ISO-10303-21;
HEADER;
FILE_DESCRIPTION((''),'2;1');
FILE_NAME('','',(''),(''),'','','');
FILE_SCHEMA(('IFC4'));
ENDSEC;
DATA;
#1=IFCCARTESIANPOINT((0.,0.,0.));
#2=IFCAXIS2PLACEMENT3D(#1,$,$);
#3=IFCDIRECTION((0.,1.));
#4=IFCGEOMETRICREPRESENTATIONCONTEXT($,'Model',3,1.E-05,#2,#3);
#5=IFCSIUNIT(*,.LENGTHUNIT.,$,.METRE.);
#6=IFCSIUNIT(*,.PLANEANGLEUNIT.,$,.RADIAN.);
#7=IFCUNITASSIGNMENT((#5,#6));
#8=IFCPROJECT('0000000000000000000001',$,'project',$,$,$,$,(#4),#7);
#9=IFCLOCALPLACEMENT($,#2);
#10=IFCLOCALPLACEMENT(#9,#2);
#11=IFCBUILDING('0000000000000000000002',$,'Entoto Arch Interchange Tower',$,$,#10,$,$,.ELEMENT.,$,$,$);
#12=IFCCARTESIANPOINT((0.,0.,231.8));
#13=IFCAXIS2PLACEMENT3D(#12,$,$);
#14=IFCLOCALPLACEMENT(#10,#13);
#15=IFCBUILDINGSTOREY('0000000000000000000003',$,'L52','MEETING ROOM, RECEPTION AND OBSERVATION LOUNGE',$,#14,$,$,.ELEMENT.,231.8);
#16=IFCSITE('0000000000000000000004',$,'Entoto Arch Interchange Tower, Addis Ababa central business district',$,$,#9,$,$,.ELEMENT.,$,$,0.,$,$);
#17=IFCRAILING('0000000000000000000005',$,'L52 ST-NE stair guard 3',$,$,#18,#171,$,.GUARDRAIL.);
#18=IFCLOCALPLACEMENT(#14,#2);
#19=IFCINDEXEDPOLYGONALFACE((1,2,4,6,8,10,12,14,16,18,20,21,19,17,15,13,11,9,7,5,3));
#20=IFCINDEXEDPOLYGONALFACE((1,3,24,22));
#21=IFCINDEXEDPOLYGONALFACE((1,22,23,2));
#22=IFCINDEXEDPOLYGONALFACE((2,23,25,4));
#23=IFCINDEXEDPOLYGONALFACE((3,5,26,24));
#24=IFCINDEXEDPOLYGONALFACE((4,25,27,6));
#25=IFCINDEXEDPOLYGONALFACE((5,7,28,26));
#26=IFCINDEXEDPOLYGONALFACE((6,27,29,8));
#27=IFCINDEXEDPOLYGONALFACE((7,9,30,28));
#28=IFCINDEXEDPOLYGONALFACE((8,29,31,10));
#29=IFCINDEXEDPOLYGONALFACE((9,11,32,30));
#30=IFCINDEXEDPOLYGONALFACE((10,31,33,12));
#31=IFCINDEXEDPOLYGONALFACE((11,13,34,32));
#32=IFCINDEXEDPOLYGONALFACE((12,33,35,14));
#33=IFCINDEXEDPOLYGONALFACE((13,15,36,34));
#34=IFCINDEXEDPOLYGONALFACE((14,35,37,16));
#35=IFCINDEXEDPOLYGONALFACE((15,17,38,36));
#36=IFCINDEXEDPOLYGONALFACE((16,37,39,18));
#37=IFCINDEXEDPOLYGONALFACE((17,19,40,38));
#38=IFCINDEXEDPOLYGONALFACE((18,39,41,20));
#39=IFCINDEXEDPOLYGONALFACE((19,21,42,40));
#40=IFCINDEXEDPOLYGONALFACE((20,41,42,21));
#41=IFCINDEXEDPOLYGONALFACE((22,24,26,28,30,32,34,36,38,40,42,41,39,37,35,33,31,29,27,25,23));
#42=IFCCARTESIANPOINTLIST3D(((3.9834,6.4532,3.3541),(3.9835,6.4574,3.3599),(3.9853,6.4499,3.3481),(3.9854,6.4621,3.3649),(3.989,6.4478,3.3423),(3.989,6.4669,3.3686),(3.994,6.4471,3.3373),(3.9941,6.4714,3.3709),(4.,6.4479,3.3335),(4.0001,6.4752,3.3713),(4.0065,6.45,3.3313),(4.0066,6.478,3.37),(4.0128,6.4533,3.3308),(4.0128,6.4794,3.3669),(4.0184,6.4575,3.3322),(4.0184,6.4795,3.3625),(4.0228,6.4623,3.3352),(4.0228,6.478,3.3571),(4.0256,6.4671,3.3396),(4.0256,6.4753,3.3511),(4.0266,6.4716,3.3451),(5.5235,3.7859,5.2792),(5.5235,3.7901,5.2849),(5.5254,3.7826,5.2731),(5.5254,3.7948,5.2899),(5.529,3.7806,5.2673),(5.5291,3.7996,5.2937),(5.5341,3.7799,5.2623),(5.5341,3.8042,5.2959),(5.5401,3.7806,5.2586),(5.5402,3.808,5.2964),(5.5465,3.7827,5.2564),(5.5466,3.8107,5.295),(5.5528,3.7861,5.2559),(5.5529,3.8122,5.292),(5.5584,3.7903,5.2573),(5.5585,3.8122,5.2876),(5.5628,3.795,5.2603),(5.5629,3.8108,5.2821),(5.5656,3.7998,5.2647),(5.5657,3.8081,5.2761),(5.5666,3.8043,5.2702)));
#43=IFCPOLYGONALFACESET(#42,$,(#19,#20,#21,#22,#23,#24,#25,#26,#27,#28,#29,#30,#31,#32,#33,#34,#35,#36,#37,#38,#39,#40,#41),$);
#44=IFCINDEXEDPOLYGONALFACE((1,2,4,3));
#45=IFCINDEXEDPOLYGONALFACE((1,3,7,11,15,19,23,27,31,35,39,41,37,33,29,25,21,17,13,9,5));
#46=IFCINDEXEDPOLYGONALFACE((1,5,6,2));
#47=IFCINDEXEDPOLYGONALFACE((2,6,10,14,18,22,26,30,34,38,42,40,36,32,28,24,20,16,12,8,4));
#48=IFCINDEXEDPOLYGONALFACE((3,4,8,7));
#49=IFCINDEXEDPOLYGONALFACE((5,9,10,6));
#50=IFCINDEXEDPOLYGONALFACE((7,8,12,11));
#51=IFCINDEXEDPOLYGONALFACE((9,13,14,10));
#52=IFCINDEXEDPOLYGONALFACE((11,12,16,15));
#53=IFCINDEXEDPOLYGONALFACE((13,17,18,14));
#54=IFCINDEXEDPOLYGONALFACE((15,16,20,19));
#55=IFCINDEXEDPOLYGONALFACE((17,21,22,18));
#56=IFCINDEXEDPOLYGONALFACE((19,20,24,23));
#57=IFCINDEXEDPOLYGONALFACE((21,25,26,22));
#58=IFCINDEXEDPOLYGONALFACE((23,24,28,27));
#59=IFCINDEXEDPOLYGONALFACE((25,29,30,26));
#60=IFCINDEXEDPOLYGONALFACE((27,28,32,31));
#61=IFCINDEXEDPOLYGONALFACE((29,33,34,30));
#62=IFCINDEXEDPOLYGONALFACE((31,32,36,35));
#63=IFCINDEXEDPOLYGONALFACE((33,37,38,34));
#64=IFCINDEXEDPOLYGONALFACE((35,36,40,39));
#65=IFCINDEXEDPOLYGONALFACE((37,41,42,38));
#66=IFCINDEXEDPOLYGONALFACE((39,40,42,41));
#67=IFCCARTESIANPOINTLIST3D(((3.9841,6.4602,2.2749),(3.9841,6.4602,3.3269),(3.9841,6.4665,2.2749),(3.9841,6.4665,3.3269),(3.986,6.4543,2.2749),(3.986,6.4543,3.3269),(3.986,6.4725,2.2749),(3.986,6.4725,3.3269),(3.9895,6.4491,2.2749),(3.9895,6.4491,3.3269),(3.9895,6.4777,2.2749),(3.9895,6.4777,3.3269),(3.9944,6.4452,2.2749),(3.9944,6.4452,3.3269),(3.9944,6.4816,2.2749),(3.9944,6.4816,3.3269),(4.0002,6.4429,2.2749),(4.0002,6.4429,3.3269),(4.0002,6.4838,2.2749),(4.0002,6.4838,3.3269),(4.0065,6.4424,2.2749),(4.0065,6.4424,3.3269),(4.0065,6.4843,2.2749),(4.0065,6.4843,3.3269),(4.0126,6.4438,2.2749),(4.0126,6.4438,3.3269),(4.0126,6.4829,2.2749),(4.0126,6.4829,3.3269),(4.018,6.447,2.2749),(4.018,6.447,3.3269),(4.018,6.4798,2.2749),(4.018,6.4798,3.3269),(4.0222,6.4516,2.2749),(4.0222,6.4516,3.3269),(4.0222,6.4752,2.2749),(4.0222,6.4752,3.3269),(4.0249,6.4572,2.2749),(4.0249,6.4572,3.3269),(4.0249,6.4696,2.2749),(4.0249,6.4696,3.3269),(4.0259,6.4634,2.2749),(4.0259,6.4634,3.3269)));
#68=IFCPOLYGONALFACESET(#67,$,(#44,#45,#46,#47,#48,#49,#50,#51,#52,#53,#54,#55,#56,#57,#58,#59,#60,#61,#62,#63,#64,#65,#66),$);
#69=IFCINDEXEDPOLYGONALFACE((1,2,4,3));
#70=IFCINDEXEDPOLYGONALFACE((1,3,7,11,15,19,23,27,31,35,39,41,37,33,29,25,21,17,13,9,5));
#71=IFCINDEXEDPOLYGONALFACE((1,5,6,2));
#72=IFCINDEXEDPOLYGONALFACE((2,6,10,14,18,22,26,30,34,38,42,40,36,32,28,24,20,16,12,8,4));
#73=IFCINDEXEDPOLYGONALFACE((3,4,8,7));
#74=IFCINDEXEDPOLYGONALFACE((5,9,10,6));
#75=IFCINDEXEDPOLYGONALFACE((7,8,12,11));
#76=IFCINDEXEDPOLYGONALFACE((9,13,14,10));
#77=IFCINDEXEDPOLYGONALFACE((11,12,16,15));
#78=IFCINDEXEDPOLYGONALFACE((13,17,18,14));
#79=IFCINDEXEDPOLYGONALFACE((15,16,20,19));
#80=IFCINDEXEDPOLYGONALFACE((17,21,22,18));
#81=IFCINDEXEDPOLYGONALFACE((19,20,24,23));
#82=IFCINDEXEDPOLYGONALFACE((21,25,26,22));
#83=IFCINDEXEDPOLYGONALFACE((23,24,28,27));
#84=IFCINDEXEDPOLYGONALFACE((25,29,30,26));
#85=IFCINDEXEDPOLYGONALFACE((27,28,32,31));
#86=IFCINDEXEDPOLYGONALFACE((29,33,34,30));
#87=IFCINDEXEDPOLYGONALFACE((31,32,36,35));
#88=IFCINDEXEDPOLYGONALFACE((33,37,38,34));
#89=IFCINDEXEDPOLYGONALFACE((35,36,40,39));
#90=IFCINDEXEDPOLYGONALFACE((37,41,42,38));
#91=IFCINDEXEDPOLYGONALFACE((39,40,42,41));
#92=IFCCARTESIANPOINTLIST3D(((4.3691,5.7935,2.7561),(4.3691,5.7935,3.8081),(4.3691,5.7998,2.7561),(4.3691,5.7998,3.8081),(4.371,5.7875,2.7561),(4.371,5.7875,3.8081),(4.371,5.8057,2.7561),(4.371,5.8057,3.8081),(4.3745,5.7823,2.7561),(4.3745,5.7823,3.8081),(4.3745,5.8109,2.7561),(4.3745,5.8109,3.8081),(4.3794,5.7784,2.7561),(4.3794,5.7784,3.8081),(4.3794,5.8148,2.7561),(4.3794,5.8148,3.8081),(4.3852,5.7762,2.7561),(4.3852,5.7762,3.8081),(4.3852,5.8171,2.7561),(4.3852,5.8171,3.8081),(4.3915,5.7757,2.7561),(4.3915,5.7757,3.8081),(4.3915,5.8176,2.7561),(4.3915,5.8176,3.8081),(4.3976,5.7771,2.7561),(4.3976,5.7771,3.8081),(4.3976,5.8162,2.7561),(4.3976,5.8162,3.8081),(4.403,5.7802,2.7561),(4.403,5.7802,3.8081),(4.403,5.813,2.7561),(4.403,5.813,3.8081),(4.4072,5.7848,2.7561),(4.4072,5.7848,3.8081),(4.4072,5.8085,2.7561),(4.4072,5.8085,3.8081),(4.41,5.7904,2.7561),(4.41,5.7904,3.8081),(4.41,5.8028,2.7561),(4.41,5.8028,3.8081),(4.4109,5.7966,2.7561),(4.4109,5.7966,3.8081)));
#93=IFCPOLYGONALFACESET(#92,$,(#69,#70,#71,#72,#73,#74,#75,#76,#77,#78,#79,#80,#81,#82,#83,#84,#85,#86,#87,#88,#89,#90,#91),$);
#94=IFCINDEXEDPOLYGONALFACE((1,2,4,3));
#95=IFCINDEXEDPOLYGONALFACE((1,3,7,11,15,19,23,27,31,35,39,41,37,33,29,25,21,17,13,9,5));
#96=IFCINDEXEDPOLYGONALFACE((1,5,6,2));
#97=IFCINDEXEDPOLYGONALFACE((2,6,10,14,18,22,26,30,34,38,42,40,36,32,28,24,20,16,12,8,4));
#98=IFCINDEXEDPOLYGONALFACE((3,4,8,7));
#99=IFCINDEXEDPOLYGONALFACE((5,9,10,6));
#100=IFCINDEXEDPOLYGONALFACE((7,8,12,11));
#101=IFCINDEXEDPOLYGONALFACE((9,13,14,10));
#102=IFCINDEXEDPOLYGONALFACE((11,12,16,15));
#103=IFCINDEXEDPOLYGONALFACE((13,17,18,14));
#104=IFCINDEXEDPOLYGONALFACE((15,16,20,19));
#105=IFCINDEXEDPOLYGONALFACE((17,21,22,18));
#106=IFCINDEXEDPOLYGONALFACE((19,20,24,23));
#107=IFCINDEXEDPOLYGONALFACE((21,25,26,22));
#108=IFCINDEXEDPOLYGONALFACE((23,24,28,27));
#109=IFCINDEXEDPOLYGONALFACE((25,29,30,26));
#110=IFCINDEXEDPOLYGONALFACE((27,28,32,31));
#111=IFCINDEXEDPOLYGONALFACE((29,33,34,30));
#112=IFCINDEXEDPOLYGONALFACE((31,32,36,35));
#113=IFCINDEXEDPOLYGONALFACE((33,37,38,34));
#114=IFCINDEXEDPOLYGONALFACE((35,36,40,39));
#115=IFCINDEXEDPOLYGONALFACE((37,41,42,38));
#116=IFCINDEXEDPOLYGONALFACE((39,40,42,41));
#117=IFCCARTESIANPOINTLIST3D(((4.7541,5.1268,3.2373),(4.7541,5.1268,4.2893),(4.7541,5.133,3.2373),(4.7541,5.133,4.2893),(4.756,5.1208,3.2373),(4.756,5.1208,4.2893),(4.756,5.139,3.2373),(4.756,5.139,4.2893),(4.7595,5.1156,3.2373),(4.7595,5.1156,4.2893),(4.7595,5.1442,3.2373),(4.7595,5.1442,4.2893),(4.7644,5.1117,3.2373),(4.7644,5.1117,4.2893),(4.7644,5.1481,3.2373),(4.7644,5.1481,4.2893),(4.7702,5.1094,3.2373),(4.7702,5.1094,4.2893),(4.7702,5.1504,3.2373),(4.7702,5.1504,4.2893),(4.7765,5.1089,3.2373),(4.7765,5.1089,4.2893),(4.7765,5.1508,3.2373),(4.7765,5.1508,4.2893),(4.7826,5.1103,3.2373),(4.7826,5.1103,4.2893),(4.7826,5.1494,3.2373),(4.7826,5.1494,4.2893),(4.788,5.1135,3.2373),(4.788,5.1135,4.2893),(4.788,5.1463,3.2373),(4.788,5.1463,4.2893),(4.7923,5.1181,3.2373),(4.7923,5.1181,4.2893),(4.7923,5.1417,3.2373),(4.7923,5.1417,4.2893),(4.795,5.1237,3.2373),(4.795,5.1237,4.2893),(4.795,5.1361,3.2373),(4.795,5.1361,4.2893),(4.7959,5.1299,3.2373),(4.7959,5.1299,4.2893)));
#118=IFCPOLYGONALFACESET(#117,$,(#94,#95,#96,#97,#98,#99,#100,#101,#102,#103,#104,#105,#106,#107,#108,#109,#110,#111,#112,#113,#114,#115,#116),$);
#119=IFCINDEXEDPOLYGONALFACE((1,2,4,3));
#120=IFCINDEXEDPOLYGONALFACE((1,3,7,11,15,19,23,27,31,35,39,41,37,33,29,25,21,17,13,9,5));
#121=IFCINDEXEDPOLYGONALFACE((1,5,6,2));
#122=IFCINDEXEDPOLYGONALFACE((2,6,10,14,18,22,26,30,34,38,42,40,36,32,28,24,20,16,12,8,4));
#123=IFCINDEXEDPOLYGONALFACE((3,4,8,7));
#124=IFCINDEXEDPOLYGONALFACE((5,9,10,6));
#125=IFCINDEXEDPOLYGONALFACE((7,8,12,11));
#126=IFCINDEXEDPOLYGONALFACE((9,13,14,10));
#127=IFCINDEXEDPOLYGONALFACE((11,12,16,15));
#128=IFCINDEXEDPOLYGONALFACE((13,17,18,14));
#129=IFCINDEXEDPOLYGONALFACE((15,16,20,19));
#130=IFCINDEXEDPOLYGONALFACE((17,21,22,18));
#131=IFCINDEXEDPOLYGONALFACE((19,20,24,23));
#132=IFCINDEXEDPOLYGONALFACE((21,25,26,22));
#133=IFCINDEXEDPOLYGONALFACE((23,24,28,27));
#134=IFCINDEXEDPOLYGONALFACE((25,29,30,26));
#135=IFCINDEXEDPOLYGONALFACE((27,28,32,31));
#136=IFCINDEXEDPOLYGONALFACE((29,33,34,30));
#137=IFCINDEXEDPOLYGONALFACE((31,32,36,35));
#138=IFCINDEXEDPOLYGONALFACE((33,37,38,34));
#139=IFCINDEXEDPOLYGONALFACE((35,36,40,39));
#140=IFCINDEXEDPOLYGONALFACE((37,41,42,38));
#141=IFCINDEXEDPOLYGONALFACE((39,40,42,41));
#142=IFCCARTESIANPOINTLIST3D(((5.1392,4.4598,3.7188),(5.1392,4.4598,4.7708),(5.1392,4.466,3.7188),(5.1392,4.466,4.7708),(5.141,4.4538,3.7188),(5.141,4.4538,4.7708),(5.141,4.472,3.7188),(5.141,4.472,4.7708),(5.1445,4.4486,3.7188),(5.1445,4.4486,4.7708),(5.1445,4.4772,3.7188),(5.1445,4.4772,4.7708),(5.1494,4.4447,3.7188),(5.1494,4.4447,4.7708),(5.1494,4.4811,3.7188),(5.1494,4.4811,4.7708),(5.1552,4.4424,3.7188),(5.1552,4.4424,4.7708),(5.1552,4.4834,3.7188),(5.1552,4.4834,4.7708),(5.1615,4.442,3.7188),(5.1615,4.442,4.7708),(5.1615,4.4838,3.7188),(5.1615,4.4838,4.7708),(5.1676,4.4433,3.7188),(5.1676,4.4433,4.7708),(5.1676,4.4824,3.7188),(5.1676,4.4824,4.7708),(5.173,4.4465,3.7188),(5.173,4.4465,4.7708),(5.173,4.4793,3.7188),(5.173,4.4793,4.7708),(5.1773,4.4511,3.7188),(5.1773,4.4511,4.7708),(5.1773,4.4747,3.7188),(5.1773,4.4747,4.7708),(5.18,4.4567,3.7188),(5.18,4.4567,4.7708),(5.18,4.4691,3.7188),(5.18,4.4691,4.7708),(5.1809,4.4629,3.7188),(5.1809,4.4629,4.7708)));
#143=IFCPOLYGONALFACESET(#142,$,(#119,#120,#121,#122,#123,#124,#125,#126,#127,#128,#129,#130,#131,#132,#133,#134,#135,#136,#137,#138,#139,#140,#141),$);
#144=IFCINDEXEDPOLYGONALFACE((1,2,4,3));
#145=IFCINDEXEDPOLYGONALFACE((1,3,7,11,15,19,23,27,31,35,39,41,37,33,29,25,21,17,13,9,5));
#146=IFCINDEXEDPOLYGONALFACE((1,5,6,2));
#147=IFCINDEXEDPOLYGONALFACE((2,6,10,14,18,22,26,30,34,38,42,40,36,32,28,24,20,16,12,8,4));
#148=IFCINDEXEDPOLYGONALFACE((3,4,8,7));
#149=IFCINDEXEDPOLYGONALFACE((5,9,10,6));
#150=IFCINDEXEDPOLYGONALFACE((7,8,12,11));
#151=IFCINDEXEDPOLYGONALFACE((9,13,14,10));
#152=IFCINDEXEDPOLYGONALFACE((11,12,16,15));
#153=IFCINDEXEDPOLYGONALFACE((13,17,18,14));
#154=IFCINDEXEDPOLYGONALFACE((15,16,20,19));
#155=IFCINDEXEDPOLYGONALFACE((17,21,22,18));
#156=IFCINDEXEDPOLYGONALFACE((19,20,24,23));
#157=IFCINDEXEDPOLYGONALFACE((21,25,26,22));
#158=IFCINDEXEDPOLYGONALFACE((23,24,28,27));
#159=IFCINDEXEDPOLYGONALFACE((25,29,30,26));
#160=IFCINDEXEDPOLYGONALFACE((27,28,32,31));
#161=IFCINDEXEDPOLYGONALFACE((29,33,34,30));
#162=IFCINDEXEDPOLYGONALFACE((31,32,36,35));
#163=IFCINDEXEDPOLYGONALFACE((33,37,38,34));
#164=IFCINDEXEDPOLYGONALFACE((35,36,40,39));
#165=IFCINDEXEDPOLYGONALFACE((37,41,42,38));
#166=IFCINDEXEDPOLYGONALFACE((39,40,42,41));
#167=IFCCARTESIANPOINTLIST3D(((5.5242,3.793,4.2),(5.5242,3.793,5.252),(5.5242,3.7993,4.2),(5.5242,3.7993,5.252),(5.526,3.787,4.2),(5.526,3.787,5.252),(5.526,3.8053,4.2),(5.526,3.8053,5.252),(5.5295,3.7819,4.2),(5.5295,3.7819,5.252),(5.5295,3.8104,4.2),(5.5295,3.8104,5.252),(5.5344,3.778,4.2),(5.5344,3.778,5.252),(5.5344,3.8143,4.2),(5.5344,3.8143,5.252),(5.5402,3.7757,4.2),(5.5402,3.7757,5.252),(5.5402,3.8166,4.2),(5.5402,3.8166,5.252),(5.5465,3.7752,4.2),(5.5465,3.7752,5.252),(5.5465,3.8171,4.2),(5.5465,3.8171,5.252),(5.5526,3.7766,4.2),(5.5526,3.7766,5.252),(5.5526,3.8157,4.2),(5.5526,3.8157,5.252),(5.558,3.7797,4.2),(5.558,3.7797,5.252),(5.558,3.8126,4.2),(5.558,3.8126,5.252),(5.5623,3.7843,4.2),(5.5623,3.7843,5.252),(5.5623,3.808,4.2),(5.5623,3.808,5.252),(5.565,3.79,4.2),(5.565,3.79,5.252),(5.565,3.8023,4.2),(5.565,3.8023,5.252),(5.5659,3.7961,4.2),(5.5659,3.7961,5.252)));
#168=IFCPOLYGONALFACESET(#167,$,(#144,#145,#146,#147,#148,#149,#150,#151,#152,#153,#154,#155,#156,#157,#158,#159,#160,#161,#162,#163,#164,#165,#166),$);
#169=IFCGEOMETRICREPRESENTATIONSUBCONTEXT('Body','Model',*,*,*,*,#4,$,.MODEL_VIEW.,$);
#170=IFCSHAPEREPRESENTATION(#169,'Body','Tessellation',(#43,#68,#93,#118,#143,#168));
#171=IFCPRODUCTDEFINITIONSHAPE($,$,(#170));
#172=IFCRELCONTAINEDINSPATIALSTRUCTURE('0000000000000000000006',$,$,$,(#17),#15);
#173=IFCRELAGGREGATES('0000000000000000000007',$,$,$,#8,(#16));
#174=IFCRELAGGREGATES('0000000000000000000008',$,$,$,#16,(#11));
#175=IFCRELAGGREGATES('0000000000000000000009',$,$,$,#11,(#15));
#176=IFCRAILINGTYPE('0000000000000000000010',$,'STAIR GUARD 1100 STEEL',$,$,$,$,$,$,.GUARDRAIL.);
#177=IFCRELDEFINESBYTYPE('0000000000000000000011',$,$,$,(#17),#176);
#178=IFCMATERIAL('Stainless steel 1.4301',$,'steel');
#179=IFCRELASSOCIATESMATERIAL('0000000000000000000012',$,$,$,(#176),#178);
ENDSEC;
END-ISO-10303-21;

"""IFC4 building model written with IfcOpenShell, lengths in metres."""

from ifc_helpers import new_model, si_unit, direction, frame, origin, origin_2d, place, context, subcontext, project, spatial, circle, extrude, material, type_object, element, save


model = new_model("IFC4")

# Units and contexts
model_context = context("Model", 3, precision=1e-05, world=origin(), true_north=direction((0.0, 1.0)))
body_context = subcontext(model_context, "Body", "Model", "MODEL_VIEW")
ifc_project = project(units=[si_unit("LENGTHUNIT", "METRE"), si_unit("PLANEANGLEUNIT", "RADIAN")], contexts=[model_context])

# Site, building, storey
site_placement = place(None, origin())
site = spatial("IfcSite", under=ifc_project, at=site_placement, Name="Entoto Arch Interchange Tower, Addis Ababa central business district", CompositionType="ELEMENT", RefElevation=0.0)
building_placement = place(site_placement, origin())
building = spatial("IfcBuilding", under=site, at=building_placement, Name="Entoto Arch Interchange Tower", CompositionType="ELEMENT")
storey_placement = place(building_placement, frame((0.0, 0.0, 231.8)))
storey = spatial("IfcBuildingStorey", under=building, at=storey_placement, Name="L52", Description="MEETING ROOM, RECEPTION AND OBSERVATION LOUNGE", CompositionType="ELEMENT", Elevation=231.8)

# Railing
ifc_material_1 = material(Name="Stainless steel 1.4301", Category="steel")
railing_type_1 = type_object("IfcRailingType", Name="STAIR GUARD 1100 STEEL", PredefinedType="GUARDRAIL", material=ifc_material_1)
railing_1_placement = place(storey_placement, frame((4.0049, 6.4634, 2.2749)))
element("IfcRailing", 1, at=railing_1_placement, inside=storey, type_object=railing_type_1, Name="L52 ST-NE stair guard 3", PredefinedType="GUARDRAIL", context=body_context, shape_type="SweptSolid", body=[
    extrude(circle(Radius=0.0239, at=origin_2d()), frame((0.0, 0.0, 1.0762), z_axis=(0.424015, -0.734364, 0.530019), x_axis=(0.86601, 0.500027, 0.0)), (0.0, 0.0, 1.0), 3.6321),
    extrude(circle(Radius=0.021, at=origin_2d()), origin(), (0.0, 0.0, 1.0), 1.052),
    extrude(circle(Radius=0.021, at=origin_2d()), frame((0.385, -0.6667, 0.4812)), (0.0, 0.0, 1.0), 1.052),
    extrude(circle(Radius=0.021, at=origin_2d()), frame((0.77, -1.3335, 0.9624)), (0.0, 0.0, 1.0), 1.052),
    extrude(circle(Radius=0.021, at=origin_2d()), frame((1.155, -2.0005, 1.4438)), (0.0, 0.0, 1.0), 1.052),
    extrude(circle(Radius=0.021, at=origin_2d()), frame((1.54, -2.6672, 1.925)), (0.0, 0.0, 1.0), 1.052),
])

save(model, "model.ifc")
